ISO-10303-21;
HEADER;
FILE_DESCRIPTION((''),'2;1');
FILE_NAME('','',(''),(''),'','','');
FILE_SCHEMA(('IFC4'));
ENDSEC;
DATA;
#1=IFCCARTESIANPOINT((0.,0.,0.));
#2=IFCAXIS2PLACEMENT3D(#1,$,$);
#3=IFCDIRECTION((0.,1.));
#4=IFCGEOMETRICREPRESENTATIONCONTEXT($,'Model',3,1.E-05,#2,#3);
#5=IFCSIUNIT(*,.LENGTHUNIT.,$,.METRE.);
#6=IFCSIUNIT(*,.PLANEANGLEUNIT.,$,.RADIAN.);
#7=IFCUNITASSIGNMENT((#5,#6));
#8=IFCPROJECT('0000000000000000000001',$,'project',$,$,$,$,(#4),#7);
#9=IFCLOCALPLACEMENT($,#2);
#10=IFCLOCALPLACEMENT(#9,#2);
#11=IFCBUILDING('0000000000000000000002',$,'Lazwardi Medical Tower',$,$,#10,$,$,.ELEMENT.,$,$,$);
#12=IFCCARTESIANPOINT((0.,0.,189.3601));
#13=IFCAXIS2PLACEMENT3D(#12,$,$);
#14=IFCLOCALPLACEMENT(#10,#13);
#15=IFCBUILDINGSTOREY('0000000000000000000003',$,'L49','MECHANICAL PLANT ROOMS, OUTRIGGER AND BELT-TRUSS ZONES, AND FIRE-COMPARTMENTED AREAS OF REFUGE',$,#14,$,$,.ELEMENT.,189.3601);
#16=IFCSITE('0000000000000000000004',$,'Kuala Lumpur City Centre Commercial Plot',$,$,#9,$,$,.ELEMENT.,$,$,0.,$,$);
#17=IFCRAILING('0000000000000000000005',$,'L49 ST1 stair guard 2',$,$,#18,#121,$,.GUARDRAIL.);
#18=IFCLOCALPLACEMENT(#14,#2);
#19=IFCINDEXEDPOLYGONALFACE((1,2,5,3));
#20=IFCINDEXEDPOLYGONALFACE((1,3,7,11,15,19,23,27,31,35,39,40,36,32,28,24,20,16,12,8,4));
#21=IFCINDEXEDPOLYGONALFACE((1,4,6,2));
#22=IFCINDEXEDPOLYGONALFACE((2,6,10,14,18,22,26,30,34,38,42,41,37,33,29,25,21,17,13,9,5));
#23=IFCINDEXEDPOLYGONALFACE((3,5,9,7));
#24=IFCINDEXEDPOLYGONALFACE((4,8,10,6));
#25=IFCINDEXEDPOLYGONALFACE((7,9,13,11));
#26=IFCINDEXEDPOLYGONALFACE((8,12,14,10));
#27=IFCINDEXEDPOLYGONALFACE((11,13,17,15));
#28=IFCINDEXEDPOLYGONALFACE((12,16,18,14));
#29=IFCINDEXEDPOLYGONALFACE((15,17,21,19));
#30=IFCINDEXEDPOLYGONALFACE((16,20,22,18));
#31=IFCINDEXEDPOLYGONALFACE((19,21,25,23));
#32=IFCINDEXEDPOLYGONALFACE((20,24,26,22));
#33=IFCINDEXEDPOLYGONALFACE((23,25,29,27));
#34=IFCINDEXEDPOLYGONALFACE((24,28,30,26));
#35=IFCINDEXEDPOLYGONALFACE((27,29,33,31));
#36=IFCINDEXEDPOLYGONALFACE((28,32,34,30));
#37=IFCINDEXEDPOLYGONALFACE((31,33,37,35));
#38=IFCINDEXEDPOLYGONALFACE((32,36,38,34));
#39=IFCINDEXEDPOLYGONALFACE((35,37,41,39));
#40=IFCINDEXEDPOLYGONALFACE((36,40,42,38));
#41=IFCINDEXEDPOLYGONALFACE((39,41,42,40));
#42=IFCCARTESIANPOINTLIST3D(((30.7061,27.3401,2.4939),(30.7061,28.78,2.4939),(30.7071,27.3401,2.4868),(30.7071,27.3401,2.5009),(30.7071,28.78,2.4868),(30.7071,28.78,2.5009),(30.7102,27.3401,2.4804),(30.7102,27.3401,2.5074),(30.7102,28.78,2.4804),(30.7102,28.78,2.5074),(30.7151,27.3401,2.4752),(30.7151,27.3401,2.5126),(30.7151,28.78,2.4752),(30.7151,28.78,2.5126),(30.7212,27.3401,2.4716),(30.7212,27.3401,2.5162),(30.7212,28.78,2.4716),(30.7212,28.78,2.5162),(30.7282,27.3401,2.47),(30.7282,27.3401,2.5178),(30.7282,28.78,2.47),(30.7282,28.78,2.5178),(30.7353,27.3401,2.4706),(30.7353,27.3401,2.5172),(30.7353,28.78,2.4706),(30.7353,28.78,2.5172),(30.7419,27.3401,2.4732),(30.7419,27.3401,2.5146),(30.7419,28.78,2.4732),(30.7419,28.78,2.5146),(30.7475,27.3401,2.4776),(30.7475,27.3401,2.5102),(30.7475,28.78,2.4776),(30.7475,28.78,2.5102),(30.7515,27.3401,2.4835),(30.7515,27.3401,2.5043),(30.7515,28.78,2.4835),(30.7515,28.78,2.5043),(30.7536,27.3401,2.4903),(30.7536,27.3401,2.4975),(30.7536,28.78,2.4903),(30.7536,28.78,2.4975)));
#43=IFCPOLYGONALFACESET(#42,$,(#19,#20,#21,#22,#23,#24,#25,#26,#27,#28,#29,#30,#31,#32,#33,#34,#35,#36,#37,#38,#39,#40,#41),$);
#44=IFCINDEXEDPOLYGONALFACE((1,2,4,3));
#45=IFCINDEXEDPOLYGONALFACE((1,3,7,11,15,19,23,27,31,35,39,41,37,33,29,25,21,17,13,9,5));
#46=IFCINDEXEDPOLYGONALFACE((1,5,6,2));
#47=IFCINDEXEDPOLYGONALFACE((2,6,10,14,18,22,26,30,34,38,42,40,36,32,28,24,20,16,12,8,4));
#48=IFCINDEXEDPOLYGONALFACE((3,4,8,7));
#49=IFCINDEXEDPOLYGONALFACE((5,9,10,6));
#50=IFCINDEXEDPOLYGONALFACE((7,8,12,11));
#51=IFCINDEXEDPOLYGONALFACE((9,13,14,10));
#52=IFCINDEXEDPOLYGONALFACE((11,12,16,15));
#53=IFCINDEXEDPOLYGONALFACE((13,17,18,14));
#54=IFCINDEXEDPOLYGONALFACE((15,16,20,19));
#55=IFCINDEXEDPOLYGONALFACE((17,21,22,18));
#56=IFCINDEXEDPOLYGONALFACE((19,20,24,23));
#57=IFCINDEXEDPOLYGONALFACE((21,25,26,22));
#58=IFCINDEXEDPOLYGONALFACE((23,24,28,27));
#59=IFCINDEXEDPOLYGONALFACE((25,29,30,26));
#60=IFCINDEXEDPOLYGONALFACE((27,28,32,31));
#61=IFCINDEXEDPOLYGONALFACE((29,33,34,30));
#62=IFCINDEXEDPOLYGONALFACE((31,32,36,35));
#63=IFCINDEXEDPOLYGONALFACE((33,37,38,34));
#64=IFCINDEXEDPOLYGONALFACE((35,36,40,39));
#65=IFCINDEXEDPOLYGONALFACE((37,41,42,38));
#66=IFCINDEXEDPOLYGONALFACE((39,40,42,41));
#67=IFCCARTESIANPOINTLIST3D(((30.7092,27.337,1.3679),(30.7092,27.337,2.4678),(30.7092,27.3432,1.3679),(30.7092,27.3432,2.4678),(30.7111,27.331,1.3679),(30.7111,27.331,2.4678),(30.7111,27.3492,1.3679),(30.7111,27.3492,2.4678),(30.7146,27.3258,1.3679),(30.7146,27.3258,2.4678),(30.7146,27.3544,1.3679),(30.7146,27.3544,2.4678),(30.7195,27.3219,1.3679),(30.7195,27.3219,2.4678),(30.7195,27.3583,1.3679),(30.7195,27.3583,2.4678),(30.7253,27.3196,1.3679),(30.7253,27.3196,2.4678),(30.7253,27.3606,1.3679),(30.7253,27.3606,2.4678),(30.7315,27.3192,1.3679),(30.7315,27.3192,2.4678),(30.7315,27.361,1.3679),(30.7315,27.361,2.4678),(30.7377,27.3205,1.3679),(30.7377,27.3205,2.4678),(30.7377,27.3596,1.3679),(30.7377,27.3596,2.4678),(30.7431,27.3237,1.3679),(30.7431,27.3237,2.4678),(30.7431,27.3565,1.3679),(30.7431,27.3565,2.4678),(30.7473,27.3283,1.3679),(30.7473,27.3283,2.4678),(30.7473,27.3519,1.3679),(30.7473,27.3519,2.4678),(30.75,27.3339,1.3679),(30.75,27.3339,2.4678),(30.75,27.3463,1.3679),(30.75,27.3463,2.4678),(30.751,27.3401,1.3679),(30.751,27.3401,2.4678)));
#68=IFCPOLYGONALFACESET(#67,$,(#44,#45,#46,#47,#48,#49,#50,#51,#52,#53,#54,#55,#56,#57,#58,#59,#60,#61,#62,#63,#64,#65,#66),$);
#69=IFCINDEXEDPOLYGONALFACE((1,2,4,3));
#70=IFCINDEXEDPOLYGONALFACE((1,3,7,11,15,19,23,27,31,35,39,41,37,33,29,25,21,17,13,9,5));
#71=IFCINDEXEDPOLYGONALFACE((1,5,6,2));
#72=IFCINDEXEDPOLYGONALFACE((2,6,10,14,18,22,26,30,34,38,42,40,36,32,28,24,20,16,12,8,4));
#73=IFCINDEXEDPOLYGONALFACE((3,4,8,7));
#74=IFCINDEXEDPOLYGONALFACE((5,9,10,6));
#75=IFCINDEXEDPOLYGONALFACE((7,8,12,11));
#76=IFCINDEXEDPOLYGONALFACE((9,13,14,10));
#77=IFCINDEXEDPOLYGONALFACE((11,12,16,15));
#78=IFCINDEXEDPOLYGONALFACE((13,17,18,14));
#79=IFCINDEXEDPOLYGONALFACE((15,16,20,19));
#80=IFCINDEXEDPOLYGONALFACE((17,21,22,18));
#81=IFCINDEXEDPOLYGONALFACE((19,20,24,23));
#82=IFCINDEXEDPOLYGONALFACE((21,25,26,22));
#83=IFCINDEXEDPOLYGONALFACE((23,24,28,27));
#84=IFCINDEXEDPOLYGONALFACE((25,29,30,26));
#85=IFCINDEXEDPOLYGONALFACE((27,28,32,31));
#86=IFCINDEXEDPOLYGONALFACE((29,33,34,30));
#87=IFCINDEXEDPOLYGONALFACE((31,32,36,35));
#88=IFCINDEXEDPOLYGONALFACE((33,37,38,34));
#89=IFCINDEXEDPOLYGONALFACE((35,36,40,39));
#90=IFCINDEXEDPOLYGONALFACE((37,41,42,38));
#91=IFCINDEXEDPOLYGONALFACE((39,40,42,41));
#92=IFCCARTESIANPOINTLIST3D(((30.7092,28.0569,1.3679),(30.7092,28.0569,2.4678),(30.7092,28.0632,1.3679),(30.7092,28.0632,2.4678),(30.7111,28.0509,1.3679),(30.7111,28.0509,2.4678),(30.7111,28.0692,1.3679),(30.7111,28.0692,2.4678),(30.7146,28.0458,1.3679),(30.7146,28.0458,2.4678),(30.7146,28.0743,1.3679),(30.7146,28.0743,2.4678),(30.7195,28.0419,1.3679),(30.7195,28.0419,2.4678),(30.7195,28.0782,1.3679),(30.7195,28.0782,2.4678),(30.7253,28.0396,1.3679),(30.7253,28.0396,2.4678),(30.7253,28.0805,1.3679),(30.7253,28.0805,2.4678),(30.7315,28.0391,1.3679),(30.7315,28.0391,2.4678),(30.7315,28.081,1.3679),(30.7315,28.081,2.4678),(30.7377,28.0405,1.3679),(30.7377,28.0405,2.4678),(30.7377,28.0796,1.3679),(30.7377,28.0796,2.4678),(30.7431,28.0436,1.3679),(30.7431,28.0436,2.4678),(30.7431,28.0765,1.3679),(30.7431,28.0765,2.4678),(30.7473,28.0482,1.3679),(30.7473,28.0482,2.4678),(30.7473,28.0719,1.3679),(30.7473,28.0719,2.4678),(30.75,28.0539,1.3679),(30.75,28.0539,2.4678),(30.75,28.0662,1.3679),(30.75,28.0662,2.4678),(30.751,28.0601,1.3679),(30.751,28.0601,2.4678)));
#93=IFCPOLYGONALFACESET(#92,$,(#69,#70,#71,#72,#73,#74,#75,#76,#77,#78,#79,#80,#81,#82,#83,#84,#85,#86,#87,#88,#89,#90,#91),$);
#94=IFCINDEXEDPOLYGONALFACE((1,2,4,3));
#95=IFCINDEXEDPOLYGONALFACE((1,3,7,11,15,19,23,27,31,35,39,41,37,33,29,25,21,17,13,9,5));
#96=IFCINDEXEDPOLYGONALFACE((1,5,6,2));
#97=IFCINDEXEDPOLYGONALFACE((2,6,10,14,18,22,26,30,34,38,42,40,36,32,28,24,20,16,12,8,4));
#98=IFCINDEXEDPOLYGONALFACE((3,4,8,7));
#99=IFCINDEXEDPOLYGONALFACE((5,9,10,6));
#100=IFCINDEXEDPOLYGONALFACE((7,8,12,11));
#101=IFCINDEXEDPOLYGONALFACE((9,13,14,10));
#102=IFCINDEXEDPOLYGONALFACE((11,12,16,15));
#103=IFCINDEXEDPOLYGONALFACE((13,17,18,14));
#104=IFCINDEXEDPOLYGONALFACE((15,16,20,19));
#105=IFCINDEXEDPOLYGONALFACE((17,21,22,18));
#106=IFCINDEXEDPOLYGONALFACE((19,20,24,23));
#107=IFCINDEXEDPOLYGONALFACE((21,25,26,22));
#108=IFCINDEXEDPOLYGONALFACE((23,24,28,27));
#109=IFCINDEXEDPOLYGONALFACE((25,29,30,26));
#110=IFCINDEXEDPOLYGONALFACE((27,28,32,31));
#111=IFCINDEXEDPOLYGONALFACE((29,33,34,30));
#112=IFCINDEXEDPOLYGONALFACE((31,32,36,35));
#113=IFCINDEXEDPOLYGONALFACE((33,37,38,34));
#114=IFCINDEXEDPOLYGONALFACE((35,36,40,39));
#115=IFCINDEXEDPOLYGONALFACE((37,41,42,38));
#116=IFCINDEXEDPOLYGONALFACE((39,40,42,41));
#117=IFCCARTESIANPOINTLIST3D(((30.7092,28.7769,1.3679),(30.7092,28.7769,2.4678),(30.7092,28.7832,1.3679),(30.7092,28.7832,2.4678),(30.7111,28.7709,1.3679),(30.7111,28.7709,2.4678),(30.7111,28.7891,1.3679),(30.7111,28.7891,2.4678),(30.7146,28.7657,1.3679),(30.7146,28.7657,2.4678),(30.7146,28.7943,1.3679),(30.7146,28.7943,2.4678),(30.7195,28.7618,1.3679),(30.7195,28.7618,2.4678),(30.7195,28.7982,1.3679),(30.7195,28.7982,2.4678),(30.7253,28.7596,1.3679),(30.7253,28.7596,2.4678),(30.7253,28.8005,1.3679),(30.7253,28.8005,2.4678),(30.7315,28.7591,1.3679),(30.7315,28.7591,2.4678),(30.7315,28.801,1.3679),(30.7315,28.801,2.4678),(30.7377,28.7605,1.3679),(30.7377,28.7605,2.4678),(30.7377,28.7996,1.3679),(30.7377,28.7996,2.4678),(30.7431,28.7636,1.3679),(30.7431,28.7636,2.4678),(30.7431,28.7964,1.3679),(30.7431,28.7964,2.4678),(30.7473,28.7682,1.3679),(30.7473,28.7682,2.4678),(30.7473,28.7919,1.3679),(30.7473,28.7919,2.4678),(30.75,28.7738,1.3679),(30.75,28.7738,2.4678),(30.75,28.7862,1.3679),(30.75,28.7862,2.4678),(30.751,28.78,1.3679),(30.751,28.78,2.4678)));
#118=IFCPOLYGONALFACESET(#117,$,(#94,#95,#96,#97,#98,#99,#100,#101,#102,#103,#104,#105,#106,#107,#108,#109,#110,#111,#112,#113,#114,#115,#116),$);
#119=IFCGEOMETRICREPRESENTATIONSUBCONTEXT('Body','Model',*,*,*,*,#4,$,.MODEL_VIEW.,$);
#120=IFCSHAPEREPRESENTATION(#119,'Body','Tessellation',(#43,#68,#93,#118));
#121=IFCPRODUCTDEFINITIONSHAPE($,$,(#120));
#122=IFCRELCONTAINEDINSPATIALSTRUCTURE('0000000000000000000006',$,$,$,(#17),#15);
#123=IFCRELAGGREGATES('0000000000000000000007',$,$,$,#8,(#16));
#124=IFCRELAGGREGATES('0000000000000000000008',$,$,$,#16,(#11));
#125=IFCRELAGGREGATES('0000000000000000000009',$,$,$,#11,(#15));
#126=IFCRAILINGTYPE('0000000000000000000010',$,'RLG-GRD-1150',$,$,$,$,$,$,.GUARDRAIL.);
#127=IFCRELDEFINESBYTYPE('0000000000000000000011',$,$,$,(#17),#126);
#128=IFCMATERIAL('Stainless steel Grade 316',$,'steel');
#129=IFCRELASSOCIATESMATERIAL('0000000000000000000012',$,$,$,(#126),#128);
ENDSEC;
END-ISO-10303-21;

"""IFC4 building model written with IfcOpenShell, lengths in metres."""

from ifc_helpers import new_model, si_unit, direction, frame, origin, origin_2d, place, context, subcontext, project, spatial, circle, extrude, material, type_object, element, save


model = new_model("IFC4")

# Units and contexts
model_context = context("Model", 3, precision=1e-05, world=origin(), true_north=direction((0.0, 1.0)))
body_context = subcontext(model_context, "Body", "Model", "MODEL_VIEW")
ifc_project = project(units=[si_unit("LENGTHUNIT", "METRE"), si_unit("PLANEANGLEUNIT", "RADIAN")], contexts=[model_context])

# Site, building, storey
site_placement = place(None, origin())
site = spatial("IfcSite", under=ifc_project, at=site_placement, Name="Kuala Lumpur City Centre Commercial Plot", CompositionType="ELEMENT", RefElevation=0.0)
building_placement = place(site_placement, origin())
building = spatial("IfcBuilding", under=site, at=building_placement, Name="Lazwardi Medical Tower", CompositionType="ELEMENT")
storey_placement = place(building_placement, frame((0.0, 0.0, 189.3601)))
storey = spatial("IfcBuildingStorey", under=building, at=storey_placement, Name="L49", Description="MECHANICAL PLANT ROOMS, OUTRIGGER AND BELT-TRUSS ZONES, AND FIRE-COMPARTMENTED AREAS OF REFUGE", CompositionType="ELEMENT", Elevation=189.3601)

# Railing
ifc_material_1 = material(Name="Stainless steel Grade 316", Category="steel")
railing_type_1 = type_object("IfcRailingType", Name="RLG-GRD-1150", PredefinedType="GUARDRAIL", material=ifc_material_1)
railing_1_placement = place(storey_placement, frame((30.73, 27.3401, 1.3679)))
element("IfcRailing", 1, at=railing_1_placement, inside=storey, type_object=railing_type_1, Name="L49 ST1 stair guard 2", PredefinedType="GUARDRAIL", context=body_context, shape_type="SweptSolid", body=[
    extrude(circle(Radius=0.0239, at=origin_2d()), frame((0.0, 0.0, 1.126), z_axis=(0.0, 1.0, 0.0), x_axis=(-1.0, 0.0, 0.0)), (0.0, 0.0, 1.0), 1.4399),
    extrude(circle(Radius=0.021, at=origin_2d()), origin(), (0.0, 0.0, 1.0), 1.0999),
    extrude(circle(Radius=0.021, at=origin_2d()), frame((0.0, 0.72, 0.0)), (0.0, 0.0, 1.0), 1.0999),
    extrude(circle(Radius=0.021, at=origin_2d()), frame((0.0, 1.4399, 0.0)), (0.0, 0.0, 1.0), 1.0999),
])

save(model, "model.ifc")
